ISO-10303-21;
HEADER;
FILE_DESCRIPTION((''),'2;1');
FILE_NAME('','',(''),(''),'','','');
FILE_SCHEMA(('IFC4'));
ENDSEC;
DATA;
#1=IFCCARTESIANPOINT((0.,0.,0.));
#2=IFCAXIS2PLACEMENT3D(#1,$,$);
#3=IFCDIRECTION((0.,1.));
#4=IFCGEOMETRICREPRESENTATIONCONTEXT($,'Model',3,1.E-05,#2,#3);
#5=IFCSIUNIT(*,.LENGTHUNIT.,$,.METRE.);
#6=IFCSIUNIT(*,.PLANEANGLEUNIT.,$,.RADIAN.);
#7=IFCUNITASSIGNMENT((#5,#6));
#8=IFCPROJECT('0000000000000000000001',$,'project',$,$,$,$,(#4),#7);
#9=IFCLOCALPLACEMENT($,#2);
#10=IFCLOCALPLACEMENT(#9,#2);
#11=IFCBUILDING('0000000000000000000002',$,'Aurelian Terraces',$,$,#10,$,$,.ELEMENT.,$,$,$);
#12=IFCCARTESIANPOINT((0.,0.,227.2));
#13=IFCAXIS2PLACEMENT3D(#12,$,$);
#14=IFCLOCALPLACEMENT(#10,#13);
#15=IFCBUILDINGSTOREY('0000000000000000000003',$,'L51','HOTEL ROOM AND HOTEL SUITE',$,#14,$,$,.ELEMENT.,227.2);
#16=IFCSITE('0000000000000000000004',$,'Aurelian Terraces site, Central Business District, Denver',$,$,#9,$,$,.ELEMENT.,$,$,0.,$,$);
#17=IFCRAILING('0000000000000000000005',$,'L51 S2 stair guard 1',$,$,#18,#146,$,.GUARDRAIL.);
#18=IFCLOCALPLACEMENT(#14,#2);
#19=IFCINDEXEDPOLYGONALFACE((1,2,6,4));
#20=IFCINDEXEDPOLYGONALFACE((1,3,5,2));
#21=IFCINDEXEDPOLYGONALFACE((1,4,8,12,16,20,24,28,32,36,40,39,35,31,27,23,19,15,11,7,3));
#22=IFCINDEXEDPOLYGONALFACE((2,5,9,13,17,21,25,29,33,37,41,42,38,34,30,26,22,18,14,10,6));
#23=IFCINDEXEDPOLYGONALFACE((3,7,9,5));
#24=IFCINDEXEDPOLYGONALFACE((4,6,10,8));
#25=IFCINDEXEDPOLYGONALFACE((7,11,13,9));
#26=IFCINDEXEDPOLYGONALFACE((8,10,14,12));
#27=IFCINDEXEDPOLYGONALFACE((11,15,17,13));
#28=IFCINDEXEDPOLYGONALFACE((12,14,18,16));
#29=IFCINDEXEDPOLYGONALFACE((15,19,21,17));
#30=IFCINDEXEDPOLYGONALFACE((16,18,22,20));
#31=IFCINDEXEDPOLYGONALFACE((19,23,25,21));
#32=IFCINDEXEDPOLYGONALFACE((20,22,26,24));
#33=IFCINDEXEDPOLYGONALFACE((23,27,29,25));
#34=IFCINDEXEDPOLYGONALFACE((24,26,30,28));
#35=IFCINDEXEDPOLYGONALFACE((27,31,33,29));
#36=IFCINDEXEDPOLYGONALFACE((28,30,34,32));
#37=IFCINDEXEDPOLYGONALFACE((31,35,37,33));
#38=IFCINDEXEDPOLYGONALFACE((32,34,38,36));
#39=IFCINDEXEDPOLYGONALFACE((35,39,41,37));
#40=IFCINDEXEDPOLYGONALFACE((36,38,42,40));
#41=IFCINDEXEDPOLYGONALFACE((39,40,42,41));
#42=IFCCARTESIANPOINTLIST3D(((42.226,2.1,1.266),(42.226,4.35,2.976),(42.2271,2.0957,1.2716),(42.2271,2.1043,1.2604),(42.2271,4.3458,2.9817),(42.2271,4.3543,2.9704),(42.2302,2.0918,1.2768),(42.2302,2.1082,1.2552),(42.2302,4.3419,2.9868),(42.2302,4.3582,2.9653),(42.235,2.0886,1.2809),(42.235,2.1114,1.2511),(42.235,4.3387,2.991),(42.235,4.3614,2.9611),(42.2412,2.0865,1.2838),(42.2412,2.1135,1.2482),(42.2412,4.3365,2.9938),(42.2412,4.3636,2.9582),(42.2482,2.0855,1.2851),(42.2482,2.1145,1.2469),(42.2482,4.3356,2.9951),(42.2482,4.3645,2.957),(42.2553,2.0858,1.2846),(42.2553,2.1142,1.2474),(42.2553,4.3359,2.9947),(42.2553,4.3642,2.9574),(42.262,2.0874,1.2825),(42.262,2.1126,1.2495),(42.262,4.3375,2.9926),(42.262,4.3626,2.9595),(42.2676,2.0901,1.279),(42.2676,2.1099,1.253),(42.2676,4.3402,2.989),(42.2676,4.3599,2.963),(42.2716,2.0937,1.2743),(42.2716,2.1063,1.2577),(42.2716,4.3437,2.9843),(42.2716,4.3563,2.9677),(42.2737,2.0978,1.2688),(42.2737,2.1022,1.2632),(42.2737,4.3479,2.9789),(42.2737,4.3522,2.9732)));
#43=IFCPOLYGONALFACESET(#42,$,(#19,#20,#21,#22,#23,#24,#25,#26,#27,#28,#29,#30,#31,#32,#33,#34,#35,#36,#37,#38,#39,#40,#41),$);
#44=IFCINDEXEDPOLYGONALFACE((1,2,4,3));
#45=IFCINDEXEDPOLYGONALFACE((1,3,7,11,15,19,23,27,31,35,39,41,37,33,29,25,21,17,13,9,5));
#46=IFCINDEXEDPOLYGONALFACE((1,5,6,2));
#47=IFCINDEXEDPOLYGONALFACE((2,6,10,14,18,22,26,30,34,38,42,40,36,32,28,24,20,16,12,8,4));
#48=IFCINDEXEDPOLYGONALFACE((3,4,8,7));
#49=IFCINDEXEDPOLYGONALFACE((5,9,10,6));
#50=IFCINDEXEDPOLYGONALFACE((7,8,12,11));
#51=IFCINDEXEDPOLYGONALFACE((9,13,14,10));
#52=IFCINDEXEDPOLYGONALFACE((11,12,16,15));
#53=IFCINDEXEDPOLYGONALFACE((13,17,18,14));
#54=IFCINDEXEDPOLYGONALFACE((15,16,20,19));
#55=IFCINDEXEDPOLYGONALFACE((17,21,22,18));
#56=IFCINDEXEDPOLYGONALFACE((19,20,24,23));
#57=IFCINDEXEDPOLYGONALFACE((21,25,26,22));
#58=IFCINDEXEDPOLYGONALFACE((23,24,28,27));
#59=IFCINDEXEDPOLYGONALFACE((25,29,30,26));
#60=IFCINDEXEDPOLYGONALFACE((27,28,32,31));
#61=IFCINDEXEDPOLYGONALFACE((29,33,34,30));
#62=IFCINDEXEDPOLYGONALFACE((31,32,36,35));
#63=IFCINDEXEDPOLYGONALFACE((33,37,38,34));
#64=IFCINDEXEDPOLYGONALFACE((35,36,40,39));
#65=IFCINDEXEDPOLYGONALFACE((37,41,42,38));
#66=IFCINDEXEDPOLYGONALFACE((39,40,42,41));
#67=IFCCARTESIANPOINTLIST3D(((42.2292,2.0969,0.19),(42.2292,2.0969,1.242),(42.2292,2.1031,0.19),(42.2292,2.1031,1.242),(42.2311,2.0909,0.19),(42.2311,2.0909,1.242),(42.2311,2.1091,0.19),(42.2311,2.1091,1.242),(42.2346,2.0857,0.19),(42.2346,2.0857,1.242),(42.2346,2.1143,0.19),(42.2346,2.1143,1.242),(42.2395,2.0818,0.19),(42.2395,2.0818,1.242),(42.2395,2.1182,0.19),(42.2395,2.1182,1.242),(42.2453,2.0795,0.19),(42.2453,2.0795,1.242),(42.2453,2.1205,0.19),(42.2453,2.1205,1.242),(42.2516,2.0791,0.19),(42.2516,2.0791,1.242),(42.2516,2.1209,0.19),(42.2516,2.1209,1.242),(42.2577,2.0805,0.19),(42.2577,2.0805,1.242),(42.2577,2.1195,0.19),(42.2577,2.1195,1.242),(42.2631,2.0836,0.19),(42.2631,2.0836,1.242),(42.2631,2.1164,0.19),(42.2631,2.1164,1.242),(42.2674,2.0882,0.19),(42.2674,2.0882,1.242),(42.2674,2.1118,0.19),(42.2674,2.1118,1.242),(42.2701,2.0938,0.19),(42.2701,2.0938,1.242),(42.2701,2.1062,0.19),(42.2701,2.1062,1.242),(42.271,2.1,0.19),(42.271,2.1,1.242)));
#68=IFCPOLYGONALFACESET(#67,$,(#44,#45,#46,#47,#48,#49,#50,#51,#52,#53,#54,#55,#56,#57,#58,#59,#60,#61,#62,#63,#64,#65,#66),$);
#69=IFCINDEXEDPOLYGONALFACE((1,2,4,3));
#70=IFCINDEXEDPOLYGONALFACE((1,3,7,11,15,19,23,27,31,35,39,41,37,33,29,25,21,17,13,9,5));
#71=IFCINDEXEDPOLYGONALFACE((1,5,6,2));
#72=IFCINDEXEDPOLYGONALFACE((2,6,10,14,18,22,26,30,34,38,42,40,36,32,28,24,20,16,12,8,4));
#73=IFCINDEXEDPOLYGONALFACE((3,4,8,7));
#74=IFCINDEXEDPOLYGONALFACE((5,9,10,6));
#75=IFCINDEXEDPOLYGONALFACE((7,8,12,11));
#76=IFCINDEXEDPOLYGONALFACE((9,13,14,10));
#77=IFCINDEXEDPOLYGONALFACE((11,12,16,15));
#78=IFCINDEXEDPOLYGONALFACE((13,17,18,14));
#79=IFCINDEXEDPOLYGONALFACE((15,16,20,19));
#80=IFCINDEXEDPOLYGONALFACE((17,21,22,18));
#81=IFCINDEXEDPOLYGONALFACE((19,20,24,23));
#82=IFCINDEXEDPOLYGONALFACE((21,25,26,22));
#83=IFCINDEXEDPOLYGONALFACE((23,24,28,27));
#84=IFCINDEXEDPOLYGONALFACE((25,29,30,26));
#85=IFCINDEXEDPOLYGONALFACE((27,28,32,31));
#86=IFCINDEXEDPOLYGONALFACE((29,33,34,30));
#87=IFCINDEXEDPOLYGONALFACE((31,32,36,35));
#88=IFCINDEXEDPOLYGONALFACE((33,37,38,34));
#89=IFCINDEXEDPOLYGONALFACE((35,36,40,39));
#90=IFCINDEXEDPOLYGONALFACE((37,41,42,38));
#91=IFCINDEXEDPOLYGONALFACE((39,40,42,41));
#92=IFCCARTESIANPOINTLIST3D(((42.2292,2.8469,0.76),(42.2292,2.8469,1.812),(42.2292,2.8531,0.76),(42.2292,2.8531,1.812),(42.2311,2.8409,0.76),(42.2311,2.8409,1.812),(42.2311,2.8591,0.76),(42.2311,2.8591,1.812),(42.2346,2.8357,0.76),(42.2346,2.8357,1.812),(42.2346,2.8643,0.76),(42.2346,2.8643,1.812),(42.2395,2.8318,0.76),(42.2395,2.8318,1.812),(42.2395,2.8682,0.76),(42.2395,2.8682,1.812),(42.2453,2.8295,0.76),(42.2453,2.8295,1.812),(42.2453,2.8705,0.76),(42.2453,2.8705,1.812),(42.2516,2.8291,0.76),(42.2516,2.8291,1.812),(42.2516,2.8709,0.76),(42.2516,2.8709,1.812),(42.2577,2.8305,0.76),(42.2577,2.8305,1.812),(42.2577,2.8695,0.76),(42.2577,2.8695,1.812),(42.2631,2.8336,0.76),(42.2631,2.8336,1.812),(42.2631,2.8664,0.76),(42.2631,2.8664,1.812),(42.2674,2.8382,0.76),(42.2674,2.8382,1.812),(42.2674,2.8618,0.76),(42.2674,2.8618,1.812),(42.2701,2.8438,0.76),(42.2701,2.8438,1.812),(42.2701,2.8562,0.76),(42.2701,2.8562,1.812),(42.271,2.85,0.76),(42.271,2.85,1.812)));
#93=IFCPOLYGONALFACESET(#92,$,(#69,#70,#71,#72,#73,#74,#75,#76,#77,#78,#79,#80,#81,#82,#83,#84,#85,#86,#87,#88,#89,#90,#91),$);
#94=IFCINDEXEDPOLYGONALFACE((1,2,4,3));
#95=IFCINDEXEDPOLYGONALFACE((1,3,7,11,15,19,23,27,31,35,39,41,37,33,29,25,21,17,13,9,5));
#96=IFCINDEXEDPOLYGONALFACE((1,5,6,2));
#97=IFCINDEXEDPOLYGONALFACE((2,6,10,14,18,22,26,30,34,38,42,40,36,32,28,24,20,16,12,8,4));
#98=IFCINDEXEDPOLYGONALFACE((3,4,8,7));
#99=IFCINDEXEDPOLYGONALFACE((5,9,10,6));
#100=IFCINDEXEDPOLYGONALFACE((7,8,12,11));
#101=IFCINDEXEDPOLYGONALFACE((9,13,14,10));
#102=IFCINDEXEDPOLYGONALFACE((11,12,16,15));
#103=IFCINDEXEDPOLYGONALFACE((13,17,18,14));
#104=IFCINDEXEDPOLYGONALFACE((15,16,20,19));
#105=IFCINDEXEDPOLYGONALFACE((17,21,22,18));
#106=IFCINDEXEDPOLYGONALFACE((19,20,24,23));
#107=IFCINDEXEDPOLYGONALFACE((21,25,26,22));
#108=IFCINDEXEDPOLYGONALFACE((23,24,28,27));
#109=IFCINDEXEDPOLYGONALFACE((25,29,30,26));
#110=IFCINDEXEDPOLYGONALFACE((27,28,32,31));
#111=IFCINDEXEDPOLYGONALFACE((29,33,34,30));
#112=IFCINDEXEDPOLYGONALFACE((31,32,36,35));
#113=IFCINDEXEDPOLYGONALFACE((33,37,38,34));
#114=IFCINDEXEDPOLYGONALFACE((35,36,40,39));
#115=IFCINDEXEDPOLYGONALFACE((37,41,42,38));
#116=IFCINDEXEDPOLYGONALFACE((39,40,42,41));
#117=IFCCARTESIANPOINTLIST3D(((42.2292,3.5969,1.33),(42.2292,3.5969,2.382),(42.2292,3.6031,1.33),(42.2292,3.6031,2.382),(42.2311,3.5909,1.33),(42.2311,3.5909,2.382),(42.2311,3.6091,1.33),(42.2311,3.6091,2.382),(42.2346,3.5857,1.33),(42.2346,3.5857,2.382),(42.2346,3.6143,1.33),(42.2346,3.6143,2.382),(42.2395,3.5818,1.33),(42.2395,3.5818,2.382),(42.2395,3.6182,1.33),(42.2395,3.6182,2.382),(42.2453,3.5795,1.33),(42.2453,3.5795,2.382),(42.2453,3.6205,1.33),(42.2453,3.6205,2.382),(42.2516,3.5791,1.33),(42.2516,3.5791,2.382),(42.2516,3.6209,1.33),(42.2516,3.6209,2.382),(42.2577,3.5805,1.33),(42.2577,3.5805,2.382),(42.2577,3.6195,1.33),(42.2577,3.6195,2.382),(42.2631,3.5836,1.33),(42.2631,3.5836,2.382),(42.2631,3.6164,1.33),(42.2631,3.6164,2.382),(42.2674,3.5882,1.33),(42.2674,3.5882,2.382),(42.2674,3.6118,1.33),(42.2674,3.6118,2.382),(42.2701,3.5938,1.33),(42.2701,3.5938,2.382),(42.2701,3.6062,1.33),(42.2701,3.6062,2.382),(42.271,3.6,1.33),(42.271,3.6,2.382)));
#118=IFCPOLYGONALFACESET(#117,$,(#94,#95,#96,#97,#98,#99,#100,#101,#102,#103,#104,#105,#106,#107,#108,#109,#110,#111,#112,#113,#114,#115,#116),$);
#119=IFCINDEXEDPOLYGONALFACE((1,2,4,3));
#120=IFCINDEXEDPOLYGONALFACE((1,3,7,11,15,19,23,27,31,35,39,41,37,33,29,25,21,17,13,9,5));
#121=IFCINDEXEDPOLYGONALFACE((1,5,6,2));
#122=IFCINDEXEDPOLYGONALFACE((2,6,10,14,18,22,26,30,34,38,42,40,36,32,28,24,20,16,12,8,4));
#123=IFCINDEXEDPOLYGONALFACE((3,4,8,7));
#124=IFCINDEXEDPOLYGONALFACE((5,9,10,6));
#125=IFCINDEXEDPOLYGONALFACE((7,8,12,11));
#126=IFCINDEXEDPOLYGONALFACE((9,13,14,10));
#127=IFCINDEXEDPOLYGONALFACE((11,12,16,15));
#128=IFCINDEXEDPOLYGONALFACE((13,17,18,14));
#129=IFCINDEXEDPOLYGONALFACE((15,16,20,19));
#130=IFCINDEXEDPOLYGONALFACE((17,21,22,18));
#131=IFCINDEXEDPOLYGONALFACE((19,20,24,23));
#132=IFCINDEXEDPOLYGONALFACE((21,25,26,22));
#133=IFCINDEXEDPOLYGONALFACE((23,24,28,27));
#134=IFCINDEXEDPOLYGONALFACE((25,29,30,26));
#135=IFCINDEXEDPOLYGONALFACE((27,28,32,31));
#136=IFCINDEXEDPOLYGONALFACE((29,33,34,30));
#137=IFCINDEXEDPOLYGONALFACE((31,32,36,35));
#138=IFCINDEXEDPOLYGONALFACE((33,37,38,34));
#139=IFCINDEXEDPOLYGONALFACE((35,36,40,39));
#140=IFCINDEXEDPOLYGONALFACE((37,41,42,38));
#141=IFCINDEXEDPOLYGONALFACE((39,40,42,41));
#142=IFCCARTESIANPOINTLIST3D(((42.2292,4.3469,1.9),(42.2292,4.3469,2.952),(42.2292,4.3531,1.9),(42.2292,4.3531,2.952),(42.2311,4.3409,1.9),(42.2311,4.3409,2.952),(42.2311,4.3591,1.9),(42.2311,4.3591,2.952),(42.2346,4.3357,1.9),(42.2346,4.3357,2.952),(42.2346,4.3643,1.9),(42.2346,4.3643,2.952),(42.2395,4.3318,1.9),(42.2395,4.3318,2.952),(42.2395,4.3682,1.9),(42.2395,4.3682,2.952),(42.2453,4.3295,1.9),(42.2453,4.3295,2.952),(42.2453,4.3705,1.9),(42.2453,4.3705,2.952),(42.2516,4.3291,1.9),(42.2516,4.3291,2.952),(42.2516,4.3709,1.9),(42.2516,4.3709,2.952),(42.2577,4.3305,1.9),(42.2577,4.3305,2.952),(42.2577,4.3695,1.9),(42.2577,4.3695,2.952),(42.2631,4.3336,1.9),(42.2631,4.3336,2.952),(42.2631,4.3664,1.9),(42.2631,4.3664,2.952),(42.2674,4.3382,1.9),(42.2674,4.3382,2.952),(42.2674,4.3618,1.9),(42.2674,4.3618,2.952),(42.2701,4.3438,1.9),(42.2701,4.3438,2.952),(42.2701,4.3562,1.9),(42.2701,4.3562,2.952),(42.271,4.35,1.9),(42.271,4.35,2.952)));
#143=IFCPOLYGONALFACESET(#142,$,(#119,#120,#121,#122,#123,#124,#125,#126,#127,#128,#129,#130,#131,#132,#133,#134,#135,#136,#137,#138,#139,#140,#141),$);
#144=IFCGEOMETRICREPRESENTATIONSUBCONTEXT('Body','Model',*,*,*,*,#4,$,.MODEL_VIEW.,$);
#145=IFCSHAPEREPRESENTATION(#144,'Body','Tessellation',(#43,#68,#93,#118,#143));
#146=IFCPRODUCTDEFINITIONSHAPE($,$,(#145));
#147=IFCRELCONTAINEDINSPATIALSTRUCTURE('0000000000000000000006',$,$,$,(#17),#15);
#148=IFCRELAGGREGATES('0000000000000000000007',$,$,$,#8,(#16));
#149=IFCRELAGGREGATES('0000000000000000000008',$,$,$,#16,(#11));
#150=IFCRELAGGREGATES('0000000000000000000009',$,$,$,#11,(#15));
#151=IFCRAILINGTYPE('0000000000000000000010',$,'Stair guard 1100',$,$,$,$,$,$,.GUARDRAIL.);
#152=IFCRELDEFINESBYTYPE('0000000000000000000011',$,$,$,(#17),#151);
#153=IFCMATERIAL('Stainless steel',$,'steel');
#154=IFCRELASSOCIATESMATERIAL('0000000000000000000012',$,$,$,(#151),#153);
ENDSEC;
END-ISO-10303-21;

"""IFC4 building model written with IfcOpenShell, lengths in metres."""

from ifc_helpers import new_model, si_unit, direction, frame, origin, origin_2d, place, context, subcontext, project, spatial, circle, extrude, source, transform, mapped, material, type_object, element, save


model = new_model("IFC4")

# Units and contexts
model_context = context("Model", 3, precision=1e-05, world=origin(), true_north=direction((0.0, 1.0)))
body_context = subcontext(model_context, "Body", "Model", "MODEL_VIEW")
ifc_project = project(units=[si_unit("LENGTHUNIT", "METRE"), si_unit("PLANEANGLEUNIT", "RADIAN")], contexts=[model_context])

# Site, building, storey
site_placement = place(None, origin())
site = spatial("IfcSite", under=ifc_project, at=site_placement, Name="Aurelian Terraces site, Central Business District, Denver", CompositionType="ELEMENT", RefElevation=0.0)
building_placement = place(site_placement, origin())
building = spatial("IfcBuilding", under=site, at=building_placement, Name="Aurelian Terraces", CompositionType="ELEMENT")
storey_placement = place(building_placement, frame((0.0, 0.0, 227.2)))
storey = spatial("IfcBuildingStorey", under=building, at=storey_placement, Name="L51", Description="HOTEL ROOM AND HOTEL SUITE", CompositionType="ELEMENT", Elevation=227.2)

# Railing
ifc_material_1 = material(Name="Stainless steel", Category="steel")
railing_type_1 = type_object("IfcRailingType", Name="Stair guard 1100", PredefinedType="GUARDRAIL", material=ifc_material_1)
shared_shape_1 = source(origin(), body_context, "Body", "SweptSolid", [
    extrude(circle(Radius=0.024, at=origin_2d()), frame((0.0, 0.0, 1.076), z_axis=(0.0, 0.796162, 0.605083), x_axis=(-1.0, 0.0, 0.0)), (0.0, 0.0, 1.0), 2.8261),
    extrude(circle(Radius=0.021, at=origin_2d()), origin(), (0.0, 0.0, 1.0), 1.052),
    extrude(circle(Radius=0.021, at=origin_2d()), frame((0.0, 0.75, 0.57)), (0.0, 0.0, 1.0), 1.052),
    extrude(circle(Radius=0.021, at=origin_2d()), frame((0.0, 1.5, 1.14)), (0.0, 0.0, 1.0), 1.052),
    extrude(circle(Radius=0.021, at=origin_2d()), frame((0.0, 2.25, 1.71)), (0.0, 0.0, 1.0), 1.052),
])
railing_1_placement = place(storey_placement, frame((42.25, 2.1, 0.19)))
element("IfcRailing", 1, at=railing_1_placement, inside=storey, type_object=railing_type_1, Name="L51 S2 stair guard 1", PredefinedType="GUARDRAIL", context=body_context, shape_type="MappedRepresentation", body=[
    mapped(shared_shape_1, transform((0.0, 0.0, 0.0), scale=1.0)),
])

save(model, "model.ifc")
